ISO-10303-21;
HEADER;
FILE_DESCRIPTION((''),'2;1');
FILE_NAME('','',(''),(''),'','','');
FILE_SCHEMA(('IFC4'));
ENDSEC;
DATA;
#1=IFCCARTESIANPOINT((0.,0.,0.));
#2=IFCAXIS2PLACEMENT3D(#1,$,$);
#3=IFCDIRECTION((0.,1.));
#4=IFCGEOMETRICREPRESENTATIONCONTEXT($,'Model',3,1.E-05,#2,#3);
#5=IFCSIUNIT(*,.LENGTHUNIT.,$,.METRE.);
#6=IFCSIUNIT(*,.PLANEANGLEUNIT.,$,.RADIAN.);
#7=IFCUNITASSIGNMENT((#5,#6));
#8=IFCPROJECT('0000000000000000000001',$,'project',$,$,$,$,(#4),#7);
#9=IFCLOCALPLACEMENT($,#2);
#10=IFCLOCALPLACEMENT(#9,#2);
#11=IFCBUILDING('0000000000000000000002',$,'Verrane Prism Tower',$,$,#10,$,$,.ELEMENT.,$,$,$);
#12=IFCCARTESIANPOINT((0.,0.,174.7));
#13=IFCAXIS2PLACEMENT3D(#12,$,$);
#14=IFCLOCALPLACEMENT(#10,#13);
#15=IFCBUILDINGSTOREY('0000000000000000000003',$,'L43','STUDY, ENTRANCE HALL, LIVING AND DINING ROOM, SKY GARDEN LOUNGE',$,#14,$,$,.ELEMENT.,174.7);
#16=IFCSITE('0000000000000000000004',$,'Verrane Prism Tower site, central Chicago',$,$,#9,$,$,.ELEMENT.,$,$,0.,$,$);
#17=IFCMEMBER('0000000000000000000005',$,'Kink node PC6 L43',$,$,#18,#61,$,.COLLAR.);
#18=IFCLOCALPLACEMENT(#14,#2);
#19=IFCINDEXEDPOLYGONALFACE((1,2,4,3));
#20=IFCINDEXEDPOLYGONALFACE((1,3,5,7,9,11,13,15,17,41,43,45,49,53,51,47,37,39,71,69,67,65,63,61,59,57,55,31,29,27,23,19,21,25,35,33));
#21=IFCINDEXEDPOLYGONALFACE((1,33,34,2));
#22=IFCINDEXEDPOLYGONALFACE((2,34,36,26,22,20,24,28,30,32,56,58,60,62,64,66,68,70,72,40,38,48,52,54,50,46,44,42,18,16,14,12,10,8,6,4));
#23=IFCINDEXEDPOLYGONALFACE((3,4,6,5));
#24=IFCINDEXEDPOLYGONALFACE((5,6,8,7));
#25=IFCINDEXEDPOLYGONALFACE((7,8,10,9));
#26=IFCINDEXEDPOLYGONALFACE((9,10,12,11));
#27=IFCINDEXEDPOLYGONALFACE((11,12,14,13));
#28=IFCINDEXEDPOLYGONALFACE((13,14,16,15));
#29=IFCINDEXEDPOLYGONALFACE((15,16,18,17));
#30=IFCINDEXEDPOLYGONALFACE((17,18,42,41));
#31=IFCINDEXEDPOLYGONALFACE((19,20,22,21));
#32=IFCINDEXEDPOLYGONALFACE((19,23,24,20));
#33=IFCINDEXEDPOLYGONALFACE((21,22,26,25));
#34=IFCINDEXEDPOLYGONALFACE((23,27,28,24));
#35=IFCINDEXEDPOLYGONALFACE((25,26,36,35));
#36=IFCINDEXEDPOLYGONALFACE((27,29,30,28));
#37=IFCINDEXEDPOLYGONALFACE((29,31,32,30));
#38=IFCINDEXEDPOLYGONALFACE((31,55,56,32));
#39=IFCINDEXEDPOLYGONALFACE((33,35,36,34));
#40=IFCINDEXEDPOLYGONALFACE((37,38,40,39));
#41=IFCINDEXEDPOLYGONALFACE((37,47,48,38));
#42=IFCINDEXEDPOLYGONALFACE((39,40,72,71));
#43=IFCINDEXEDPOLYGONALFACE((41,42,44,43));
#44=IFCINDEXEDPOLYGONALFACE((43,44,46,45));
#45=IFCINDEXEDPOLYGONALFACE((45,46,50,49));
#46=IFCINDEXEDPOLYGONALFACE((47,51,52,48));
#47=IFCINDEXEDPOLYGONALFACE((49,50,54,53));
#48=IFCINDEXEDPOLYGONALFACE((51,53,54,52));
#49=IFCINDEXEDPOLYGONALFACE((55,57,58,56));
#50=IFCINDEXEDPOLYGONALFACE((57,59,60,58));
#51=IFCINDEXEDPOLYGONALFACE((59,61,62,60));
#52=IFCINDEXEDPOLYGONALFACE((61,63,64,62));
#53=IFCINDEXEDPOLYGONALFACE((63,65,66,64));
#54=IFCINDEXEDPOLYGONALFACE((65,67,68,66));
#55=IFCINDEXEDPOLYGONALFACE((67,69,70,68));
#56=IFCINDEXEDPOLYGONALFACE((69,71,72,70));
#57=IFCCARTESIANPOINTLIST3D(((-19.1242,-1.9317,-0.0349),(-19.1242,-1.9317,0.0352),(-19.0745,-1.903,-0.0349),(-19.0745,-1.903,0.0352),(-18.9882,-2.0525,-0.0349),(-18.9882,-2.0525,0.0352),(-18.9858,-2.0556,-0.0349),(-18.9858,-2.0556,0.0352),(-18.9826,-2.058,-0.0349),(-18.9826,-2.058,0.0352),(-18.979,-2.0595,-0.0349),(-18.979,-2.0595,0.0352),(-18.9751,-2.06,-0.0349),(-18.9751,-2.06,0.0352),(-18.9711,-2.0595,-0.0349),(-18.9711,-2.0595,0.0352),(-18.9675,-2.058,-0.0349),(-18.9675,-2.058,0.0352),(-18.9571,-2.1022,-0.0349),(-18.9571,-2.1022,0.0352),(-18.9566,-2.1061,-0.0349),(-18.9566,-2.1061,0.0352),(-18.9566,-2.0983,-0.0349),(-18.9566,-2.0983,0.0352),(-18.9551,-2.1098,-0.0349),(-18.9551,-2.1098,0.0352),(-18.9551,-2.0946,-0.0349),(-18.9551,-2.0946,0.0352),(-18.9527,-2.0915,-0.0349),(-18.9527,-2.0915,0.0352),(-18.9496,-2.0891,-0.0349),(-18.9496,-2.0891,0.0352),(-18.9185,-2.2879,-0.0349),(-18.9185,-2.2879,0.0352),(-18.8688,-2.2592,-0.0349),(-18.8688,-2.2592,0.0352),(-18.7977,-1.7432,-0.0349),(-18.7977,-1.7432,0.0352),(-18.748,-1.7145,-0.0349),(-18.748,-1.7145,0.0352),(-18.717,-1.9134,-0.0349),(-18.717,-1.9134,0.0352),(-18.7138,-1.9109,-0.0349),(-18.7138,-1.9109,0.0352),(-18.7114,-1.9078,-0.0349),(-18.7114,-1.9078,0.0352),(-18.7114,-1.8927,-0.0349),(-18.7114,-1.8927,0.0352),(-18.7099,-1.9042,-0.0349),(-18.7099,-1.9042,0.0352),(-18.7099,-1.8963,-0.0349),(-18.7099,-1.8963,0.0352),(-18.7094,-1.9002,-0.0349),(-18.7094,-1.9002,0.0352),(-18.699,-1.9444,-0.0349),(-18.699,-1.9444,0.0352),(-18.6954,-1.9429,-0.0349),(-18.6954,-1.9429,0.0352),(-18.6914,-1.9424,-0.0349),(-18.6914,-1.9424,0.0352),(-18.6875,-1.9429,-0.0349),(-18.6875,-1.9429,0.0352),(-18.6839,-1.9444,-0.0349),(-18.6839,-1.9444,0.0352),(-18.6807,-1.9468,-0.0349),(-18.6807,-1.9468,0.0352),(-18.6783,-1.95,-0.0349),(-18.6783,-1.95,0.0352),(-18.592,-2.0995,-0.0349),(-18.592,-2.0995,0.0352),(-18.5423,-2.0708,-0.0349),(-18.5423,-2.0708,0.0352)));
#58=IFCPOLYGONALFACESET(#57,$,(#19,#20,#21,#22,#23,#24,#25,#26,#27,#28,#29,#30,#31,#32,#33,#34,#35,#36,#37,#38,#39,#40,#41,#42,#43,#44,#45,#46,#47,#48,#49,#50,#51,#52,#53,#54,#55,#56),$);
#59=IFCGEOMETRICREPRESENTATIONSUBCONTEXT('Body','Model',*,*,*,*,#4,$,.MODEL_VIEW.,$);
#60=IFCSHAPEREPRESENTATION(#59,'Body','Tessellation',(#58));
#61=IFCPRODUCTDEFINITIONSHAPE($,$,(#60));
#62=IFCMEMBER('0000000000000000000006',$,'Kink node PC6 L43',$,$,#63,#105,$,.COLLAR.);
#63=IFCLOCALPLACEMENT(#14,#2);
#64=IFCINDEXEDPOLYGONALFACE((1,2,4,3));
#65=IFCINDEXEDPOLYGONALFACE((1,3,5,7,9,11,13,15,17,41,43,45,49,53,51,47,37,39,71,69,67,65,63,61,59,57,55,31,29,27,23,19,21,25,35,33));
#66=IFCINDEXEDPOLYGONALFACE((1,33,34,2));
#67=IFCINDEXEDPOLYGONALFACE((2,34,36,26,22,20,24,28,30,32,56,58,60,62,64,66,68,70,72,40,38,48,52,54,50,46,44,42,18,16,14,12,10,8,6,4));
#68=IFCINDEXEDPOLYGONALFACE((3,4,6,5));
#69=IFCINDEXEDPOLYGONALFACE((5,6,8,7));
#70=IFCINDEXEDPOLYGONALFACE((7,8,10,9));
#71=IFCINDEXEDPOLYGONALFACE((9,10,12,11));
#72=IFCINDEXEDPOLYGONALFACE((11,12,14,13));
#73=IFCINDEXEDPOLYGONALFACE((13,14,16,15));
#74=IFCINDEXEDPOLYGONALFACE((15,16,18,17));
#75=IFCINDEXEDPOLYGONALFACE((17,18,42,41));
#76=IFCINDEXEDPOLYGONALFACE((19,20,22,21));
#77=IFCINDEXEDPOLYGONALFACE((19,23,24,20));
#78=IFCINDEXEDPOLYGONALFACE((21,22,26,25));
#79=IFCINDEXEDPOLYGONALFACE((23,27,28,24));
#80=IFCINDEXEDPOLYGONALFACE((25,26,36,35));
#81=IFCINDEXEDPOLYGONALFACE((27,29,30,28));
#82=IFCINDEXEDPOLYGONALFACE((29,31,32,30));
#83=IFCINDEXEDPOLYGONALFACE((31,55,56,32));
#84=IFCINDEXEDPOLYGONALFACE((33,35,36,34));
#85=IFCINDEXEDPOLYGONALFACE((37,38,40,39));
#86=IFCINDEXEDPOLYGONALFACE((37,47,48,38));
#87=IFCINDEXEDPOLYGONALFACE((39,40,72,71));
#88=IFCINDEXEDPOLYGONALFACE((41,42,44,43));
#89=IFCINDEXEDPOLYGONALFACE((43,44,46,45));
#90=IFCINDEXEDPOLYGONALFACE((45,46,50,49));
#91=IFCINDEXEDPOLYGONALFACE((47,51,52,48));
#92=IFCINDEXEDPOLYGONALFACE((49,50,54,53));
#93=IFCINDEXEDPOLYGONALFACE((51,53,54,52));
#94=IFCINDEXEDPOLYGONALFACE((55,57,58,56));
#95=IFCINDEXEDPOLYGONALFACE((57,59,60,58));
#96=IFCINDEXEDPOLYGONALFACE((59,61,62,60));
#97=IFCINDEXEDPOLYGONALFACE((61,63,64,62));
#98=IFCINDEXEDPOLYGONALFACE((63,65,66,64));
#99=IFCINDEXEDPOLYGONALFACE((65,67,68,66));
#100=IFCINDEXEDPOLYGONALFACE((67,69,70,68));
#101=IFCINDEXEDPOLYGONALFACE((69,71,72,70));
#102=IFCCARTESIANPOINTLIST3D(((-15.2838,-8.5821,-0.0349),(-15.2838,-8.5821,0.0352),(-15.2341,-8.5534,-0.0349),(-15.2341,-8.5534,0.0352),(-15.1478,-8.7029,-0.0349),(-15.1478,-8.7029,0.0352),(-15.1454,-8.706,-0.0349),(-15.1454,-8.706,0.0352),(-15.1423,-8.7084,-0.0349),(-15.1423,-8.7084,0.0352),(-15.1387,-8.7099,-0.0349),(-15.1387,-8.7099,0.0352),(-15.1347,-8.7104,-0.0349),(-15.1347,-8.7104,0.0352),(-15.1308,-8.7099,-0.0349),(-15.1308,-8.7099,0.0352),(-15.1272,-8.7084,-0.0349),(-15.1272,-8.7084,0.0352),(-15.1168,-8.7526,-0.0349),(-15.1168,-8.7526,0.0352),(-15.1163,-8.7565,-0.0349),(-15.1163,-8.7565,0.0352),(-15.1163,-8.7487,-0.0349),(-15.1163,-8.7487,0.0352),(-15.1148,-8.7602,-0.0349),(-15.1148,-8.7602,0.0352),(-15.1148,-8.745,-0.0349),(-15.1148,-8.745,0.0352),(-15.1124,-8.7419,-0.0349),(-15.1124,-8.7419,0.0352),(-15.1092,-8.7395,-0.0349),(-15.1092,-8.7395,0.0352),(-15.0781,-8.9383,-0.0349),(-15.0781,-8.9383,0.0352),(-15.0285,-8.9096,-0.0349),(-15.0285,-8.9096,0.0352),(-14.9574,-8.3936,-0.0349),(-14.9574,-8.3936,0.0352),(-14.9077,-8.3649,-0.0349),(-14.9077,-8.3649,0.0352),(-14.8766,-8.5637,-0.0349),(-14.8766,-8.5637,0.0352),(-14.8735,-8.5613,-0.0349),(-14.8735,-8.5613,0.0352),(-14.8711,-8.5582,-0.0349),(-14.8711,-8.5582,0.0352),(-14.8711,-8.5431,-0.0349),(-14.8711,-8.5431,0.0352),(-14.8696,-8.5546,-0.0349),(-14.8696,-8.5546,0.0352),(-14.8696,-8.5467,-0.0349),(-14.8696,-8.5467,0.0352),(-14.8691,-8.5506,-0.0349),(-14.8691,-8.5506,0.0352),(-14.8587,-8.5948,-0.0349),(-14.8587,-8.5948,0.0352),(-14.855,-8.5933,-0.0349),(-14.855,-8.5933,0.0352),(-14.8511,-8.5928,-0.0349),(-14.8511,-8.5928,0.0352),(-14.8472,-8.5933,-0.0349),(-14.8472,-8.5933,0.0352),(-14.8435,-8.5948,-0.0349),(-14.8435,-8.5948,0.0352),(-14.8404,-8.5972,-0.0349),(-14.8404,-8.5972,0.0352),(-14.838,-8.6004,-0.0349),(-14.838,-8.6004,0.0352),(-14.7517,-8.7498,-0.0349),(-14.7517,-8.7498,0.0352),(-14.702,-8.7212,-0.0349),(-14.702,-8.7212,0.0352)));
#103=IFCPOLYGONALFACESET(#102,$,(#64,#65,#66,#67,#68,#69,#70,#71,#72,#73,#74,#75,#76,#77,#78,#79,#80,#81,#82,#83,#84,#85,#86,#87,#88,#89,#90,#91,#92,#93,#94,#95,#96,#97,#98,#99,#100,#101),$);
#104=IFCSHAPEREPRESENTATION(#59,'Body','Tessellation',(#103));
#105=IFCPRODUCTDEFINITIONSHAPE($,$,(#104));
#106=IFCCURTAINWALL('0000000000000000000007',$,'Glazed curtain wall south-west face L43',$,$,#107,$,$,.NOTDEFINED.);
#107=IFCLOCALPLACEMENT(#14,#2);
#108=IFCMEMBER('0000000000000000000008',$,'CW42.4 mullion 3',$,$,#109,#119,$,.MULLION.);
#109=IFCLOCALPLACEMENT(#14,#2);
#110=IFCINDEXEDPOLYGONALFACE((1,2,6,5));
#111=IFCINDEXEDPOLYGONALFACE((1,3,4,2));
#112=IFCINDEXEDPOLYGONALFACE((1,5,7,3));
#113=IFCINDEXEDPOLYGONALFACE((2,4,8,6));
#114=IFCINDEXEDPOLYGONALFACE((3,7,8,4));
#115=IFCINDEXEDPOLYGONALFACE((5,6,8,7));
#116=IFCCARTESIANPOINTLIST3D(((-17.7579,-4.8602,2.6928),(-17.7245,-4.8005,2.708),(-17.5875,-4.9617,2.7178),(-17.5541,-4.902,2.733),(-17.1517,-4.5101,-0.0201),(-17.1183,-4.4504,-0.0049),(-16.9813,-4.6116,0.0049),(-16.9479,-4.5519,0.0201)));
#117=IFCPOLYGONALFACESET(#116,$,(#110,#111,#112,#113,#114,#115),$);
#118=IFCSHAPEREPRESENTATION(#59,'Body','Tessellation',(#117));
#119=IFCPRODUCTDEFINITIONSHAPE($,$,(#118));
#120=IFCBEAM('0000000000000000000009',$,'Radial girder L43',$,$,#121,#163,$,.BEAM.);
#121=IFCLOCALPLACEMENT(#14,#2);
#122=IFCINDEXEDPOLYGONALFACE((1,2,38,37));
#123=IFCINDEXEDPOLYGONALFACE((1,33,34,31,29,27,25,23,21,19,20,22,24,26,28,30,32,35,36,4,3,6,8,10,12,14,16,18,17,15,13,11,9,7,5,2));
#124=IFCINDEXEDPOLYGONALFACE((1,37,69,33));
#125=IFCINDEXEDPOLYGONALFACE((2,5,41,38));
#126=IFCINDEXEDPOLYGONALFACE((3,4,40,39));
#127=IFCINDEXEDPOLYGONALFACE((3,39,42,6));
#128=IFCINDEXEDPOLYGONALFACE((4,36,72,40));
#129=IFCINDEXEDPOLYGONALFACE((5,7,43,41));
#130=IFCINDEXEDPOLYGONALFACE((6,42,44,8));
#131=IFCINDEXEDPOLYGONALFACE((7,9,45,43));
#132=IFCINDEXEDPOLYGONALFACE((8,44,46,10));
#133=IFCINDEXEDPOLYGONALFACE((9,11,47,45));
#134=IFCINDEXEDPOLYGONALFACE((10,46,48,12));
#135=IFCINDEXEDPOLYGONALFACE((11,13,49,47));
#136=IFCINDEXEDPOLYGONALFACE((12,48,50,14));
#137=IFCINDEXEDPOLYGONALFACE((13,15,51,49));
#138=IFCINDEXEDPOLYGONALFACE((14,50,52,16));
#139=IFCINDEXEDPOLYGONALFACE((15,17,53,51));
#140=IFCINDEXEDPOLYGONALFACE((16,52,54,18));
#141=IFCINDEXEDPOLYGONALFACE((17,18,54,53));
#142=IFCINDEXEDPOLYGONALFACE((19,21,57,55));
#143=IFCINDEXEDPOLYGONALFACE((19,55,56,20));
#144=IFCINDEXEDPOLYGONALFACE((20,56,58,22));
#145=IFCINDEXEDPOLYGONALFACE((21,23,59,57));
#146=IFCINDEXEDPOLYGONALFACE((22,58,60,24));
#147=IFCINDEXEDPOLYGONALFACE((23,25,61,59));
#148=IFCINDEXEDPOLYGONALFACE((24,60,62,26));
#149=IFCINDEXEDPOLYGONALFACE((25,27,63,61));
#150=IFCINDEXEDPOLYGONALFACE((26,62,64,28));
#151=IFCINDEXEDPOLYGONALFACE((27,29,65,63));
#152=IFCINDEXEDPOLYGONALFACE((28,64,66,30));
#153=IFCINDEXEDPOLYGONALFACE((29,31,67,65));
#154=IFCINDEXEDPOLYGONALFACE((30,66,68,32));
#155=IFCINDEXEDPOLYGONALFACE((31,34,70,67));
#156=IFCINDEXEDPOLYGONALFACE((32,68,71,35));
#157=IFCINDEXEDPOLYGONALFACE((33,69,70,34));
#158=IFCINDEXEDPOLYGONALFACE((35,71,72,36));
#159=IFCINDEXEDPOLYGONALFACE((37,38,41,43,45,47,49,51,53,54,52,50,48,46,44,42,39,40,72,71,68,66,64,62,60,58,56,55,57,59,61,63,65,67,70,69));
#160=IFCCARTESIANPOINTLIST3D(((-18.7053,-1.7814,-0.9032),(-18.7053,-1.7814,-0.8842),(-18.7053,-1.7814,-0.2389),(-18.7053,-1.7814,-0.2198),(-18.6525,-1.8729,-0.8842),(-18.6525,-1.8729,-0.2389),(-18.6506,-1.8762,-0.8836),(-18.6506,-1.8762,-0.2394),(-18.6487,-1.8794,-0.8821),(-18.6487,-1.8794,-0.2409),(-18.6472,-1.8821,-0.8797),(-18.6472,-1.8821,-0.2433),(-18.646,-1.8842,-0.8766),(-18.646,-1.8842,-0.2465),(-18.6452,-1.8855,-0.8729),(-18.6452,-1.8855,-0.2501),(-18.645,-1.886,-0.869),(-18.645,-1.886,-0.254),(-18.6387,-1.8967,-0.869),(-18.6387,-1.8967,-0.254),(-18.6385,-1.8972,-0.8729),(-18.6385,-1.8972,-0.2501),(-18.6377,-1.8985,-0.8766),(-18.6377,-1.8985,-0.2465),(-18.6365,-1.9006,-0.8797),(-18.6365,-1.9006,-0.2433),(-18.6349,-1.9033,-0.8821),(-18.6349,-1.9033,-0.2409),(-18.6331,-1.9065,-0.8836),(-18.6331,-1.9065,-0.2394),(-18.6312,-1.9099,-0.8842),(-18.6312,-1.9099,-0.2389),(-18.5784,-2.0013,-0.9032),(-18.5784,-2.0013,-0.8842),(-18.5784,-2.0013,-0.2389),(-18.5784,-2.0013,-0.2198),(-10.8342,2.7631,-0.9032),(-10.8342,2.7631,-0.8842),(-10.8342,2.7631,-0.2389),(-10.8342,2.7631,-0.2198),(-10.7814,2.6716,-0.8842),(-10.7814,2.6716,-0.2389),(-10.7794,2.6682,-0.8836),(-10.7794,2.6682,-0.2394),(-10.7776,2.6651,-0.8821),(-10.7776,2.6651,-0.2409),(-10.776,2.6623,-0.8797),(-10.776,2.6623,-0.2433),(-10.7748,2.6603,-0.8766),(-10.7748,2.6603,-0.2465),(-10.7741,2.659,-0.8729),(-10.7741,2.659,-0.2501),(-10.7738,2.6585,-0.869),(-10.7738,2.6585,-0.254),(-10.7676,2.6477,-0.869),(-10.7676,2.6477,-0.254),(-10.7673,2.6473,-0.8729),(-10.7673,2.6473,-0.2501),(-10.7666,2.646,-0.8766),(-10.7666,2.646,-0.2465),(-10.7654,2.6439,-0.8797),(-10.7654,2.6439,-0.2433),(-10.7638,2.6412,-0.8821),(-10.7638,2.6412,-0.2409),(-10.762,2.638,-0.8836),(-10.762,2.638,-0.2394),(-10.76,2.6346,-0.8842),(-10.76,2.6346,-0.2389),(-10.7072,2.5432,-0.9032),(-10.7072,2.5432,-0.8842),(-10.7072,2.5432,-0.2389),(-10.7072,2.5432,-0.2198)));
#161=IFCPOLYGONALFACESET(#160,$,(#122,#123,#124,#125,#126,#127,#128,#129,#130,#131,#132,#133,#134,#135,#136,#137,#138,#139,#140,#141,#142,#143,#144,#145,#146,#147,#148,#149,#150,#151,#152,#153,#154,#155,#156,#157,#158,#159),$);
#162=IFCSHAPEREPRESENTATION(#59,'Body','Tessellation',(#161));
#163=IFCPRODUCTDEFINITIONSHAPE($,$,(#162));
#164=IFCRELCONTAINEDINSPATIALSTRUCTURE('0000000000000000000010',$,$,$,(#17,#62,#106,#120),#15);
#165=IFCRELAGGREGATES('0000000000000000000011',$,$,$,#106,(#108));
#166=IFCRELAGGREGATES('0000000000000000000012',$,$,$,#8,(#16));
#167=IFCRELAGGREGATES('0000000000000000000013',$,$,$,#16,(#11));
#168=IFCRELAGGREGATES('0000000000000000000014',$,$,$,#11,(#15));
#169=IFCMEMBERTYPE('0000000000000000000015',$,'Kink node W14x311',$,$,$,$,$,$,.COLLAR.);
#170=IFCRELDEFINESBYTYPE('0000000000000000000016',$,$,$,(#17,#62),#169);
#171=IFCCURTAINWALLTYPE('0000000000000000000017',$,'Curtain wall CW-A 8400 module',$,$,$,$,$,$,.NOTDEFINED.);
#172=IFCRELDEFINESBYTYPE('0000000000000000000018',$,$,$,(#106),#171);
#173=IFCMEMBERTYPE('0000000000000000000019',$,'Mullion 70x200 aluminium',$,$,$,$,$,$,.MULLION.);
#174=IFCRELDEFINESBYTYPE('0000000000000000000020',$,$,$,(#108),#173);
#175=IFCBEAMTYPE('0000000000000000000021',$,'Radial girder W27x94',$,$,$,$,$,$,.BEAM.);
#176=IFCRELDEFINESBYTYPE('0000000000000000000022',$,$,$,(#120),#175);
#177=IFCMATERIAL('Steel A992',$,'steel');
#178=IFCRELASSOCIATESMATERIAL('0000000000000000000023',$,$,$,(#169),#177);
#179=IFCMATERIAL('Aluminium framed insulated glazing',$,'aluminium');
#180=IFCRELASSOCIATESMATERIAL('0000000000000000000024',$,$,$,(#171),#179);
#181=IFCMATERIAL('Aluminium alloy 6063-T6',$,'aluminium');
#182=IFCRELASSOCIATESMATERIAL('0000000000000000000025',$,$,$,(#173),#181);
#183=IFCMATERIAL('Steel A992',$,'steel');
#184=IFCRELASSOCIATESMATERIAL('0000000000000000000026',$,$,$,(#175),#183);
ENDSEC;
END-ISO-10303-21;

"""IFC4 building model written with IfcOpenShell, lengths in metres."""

from ifc_helpers import new_model, si_unit, direction, frame, origin, origin_2d, place, context, subcontext, project, spatial, rectangle, i_section, extrude, material, material_profile, profile_set, type_object, element, aggregate, save


model = new_model("IFC4")

# Units and contexts
model_context = context("Model", 3, precision=1e-05, world=origin(), true_north=direction((0.0, 1.0)))
body_context = subcontext(model_context, "Body", "Model", "MODEL_VIEW")
ifc_project = project(units=[si_unit("LENGTHUNIT", "METRE"), si_unit("PLANEANGLEUNIT", "RADIAN")], contexts=[model_context])

# Site, building, storey
site_placement = place(None, origin())
site = spatial("IfcSite", under=ifc_project, at=site_placement, Name="Verrane Prism Tower site, central Chicago", CompositionType="ELEMENT", RefElevation=0.0)
building_placement = place(site_placement, origin())
building = spatial("IfcBuilding", under=site, at=building_placement, Name="Verrane Prism Tower", CompositionType="ELEMENT")
storey_placement = place(building_placement, frame((0.0, 0.0, 174.7)))
storey = spatial("IfcBuildingStorey", under=building, at=storey_placement, Name="L43", Description="STUDY, ENTRANCE HALL, LIVING AND DINING ROOM, SKY GARDEN LOUNGE", CompositionType="ELEMENT", Elevation=174.7)

# Members
ifc_material_1 = material(Name="Steel A992", Category="steel")
ifc_material_profile_1 = material_profile(ifc_material_1, i_section(OverallWidth=0.4114, OverallDepth=0.4343, WebThickness=0.0359, FlangeThickness=0.0574, FilletRadius=0.0151, at=origin_2d()), Name="W14x311")
ifc_profile_set_1 = profile_set([ifc_material_profile_1], Name="Steel A992")
member_type_1 = type_object("IfcMemberType", Name="Kink node W14x311", PredefinedType="COLLAR", material=ifc_profile_set_1)
for number, where, z_axis, x_axis, name in (
    (1, (-18.8333, -2.0012, -0.0349), (0.0, 0.0, 1.0), (-0.5, 0.866025, 0.0), "Kink node PC6 L43"),
    (2, (-14.9929, -8.6516, -0.0349), (0.0, 0.0, 1.0), (-0.5, 0.866025, 0.0), "Kink node PC6 L43"),
):
    element("IfcMember", number, at=place(storey_placement, frame(where, z_axis=z_axis, x_axis=x_axis)), inside=storey, type_object=member_type_1, Name=name, PredefinedType="COLLAR", context=body_context, shape_type="SweptSolid", body=[
        extrude(i_section(OverallWidth=0.4114, OverallDepth=0.4343, WebThickness=0.0359, FlangeThickness=0.0574, FilletRadius=0.0151, at=origin_2d()), origin(), (0.0, 0.0, 1.0), 0.0701),
    ])

# Curtain wall, member
ifc_material_2 = material(Name="Aluminium framed insulated glazing", Category="aluminium")
curtain_wall_type = type_object("IfcCurtainWallType", Name="Curtain wall CW-A 8400 module", PredefinedType="NOTDEFINED", material=ifc_material_2)
curtain_wall_placement = place(storey_placement, origin())
curtain_wall = element("IfcCurtainWall", 3, at=curtain_wall_placement, inside=storey, type_object=curtain_wall_type, Name="Glazed curtain wall south-west face L43", PredefinedType="NOTDEFINED")
ifc_material_3 = material(Name="Aluminium alloy 6063-T6", Category="aluminium")
ifc_material_profile_2 = material_profile(ifc_material_3, rectangle(XDim=0.2, YDim=0.0701, at=origin_2d()), Name="Mullion 70x200 aluminium")
ifc_profile_set_2 = profile_set([ifc_material_profile_2], Name="Aluminium alloy 6063-T6")
member_type_2 = type_object("IfcMemberType", Name="Mullion 70x200 aluminium", PredefinedType="MULLION", material=ifc_profile_set_2)
member_1_placement = place(storey_placement, frame((-17.0498, -4.531, 0.0), z_axis=(-0.216365, -0.124957, 0.968283), x_axis=(0.852358, -0.507817, 0.124928)))
member_1 = element("IfcMember", 4, at=member_1_placement, type_object=member_type_2, Name="CW42.4 mullion 3", PredefinedType="MULLION", context=body_context, shape_type="SweptSolid", body=[
    extrude(rectangle(XDim=0.2, YDim=0.0701, at=origin_2d()), origin(), (0.0, 0.0, 1.0), 2.8018),
])

# Beam
ifc_material_4 = material(Name="Steel A992", Category="steel")
ifc_material_profile_3 = material_profile(ifc_material_4, i_section(OverallWidth=0.2539, OverallDepth=0.6833, WebThickness=0.0125, FlangeThickness=0.019, FilletRadius=0.0151, at=origin_2d()), Name="W27x94")
ifc_profile_set_3 = profile_set([ifc_material_profile_3], Name="Steel A992")
beam_type_1 = type_object("IfcBeamType", Name="Radial girder W27x94", PredefinedType="BEAM", material=ifc_profile_set_3)
beam_1_placement = place(storey_placement, frame((-18.6418, -1.8914, -0.5615), z_axis=(0.866023, 0.500005, 0.0), x_axis=(-0.500005, 0.866023, 0.0)))
element("IfcBeam", 5, at=beam_1_placement, inside=storey, type_object=beam_type_1, Name="Radial girder L43", PredefinedType="BEAM", context=body_context, shape_type="SweptSolid", body=[
    extrude(i_section(OverallWidth=0.2539, OverallDepth=0.6833, WebThickness=0.0125, FlangeThickness=0.019, FilletRadius=0.0151, at=origin_2d()), origin(), (0.0, 0.0, 1.0), 9.0889),
])

aggregate(curtain_wall, [member_1])

save(model, "model.ifc")
